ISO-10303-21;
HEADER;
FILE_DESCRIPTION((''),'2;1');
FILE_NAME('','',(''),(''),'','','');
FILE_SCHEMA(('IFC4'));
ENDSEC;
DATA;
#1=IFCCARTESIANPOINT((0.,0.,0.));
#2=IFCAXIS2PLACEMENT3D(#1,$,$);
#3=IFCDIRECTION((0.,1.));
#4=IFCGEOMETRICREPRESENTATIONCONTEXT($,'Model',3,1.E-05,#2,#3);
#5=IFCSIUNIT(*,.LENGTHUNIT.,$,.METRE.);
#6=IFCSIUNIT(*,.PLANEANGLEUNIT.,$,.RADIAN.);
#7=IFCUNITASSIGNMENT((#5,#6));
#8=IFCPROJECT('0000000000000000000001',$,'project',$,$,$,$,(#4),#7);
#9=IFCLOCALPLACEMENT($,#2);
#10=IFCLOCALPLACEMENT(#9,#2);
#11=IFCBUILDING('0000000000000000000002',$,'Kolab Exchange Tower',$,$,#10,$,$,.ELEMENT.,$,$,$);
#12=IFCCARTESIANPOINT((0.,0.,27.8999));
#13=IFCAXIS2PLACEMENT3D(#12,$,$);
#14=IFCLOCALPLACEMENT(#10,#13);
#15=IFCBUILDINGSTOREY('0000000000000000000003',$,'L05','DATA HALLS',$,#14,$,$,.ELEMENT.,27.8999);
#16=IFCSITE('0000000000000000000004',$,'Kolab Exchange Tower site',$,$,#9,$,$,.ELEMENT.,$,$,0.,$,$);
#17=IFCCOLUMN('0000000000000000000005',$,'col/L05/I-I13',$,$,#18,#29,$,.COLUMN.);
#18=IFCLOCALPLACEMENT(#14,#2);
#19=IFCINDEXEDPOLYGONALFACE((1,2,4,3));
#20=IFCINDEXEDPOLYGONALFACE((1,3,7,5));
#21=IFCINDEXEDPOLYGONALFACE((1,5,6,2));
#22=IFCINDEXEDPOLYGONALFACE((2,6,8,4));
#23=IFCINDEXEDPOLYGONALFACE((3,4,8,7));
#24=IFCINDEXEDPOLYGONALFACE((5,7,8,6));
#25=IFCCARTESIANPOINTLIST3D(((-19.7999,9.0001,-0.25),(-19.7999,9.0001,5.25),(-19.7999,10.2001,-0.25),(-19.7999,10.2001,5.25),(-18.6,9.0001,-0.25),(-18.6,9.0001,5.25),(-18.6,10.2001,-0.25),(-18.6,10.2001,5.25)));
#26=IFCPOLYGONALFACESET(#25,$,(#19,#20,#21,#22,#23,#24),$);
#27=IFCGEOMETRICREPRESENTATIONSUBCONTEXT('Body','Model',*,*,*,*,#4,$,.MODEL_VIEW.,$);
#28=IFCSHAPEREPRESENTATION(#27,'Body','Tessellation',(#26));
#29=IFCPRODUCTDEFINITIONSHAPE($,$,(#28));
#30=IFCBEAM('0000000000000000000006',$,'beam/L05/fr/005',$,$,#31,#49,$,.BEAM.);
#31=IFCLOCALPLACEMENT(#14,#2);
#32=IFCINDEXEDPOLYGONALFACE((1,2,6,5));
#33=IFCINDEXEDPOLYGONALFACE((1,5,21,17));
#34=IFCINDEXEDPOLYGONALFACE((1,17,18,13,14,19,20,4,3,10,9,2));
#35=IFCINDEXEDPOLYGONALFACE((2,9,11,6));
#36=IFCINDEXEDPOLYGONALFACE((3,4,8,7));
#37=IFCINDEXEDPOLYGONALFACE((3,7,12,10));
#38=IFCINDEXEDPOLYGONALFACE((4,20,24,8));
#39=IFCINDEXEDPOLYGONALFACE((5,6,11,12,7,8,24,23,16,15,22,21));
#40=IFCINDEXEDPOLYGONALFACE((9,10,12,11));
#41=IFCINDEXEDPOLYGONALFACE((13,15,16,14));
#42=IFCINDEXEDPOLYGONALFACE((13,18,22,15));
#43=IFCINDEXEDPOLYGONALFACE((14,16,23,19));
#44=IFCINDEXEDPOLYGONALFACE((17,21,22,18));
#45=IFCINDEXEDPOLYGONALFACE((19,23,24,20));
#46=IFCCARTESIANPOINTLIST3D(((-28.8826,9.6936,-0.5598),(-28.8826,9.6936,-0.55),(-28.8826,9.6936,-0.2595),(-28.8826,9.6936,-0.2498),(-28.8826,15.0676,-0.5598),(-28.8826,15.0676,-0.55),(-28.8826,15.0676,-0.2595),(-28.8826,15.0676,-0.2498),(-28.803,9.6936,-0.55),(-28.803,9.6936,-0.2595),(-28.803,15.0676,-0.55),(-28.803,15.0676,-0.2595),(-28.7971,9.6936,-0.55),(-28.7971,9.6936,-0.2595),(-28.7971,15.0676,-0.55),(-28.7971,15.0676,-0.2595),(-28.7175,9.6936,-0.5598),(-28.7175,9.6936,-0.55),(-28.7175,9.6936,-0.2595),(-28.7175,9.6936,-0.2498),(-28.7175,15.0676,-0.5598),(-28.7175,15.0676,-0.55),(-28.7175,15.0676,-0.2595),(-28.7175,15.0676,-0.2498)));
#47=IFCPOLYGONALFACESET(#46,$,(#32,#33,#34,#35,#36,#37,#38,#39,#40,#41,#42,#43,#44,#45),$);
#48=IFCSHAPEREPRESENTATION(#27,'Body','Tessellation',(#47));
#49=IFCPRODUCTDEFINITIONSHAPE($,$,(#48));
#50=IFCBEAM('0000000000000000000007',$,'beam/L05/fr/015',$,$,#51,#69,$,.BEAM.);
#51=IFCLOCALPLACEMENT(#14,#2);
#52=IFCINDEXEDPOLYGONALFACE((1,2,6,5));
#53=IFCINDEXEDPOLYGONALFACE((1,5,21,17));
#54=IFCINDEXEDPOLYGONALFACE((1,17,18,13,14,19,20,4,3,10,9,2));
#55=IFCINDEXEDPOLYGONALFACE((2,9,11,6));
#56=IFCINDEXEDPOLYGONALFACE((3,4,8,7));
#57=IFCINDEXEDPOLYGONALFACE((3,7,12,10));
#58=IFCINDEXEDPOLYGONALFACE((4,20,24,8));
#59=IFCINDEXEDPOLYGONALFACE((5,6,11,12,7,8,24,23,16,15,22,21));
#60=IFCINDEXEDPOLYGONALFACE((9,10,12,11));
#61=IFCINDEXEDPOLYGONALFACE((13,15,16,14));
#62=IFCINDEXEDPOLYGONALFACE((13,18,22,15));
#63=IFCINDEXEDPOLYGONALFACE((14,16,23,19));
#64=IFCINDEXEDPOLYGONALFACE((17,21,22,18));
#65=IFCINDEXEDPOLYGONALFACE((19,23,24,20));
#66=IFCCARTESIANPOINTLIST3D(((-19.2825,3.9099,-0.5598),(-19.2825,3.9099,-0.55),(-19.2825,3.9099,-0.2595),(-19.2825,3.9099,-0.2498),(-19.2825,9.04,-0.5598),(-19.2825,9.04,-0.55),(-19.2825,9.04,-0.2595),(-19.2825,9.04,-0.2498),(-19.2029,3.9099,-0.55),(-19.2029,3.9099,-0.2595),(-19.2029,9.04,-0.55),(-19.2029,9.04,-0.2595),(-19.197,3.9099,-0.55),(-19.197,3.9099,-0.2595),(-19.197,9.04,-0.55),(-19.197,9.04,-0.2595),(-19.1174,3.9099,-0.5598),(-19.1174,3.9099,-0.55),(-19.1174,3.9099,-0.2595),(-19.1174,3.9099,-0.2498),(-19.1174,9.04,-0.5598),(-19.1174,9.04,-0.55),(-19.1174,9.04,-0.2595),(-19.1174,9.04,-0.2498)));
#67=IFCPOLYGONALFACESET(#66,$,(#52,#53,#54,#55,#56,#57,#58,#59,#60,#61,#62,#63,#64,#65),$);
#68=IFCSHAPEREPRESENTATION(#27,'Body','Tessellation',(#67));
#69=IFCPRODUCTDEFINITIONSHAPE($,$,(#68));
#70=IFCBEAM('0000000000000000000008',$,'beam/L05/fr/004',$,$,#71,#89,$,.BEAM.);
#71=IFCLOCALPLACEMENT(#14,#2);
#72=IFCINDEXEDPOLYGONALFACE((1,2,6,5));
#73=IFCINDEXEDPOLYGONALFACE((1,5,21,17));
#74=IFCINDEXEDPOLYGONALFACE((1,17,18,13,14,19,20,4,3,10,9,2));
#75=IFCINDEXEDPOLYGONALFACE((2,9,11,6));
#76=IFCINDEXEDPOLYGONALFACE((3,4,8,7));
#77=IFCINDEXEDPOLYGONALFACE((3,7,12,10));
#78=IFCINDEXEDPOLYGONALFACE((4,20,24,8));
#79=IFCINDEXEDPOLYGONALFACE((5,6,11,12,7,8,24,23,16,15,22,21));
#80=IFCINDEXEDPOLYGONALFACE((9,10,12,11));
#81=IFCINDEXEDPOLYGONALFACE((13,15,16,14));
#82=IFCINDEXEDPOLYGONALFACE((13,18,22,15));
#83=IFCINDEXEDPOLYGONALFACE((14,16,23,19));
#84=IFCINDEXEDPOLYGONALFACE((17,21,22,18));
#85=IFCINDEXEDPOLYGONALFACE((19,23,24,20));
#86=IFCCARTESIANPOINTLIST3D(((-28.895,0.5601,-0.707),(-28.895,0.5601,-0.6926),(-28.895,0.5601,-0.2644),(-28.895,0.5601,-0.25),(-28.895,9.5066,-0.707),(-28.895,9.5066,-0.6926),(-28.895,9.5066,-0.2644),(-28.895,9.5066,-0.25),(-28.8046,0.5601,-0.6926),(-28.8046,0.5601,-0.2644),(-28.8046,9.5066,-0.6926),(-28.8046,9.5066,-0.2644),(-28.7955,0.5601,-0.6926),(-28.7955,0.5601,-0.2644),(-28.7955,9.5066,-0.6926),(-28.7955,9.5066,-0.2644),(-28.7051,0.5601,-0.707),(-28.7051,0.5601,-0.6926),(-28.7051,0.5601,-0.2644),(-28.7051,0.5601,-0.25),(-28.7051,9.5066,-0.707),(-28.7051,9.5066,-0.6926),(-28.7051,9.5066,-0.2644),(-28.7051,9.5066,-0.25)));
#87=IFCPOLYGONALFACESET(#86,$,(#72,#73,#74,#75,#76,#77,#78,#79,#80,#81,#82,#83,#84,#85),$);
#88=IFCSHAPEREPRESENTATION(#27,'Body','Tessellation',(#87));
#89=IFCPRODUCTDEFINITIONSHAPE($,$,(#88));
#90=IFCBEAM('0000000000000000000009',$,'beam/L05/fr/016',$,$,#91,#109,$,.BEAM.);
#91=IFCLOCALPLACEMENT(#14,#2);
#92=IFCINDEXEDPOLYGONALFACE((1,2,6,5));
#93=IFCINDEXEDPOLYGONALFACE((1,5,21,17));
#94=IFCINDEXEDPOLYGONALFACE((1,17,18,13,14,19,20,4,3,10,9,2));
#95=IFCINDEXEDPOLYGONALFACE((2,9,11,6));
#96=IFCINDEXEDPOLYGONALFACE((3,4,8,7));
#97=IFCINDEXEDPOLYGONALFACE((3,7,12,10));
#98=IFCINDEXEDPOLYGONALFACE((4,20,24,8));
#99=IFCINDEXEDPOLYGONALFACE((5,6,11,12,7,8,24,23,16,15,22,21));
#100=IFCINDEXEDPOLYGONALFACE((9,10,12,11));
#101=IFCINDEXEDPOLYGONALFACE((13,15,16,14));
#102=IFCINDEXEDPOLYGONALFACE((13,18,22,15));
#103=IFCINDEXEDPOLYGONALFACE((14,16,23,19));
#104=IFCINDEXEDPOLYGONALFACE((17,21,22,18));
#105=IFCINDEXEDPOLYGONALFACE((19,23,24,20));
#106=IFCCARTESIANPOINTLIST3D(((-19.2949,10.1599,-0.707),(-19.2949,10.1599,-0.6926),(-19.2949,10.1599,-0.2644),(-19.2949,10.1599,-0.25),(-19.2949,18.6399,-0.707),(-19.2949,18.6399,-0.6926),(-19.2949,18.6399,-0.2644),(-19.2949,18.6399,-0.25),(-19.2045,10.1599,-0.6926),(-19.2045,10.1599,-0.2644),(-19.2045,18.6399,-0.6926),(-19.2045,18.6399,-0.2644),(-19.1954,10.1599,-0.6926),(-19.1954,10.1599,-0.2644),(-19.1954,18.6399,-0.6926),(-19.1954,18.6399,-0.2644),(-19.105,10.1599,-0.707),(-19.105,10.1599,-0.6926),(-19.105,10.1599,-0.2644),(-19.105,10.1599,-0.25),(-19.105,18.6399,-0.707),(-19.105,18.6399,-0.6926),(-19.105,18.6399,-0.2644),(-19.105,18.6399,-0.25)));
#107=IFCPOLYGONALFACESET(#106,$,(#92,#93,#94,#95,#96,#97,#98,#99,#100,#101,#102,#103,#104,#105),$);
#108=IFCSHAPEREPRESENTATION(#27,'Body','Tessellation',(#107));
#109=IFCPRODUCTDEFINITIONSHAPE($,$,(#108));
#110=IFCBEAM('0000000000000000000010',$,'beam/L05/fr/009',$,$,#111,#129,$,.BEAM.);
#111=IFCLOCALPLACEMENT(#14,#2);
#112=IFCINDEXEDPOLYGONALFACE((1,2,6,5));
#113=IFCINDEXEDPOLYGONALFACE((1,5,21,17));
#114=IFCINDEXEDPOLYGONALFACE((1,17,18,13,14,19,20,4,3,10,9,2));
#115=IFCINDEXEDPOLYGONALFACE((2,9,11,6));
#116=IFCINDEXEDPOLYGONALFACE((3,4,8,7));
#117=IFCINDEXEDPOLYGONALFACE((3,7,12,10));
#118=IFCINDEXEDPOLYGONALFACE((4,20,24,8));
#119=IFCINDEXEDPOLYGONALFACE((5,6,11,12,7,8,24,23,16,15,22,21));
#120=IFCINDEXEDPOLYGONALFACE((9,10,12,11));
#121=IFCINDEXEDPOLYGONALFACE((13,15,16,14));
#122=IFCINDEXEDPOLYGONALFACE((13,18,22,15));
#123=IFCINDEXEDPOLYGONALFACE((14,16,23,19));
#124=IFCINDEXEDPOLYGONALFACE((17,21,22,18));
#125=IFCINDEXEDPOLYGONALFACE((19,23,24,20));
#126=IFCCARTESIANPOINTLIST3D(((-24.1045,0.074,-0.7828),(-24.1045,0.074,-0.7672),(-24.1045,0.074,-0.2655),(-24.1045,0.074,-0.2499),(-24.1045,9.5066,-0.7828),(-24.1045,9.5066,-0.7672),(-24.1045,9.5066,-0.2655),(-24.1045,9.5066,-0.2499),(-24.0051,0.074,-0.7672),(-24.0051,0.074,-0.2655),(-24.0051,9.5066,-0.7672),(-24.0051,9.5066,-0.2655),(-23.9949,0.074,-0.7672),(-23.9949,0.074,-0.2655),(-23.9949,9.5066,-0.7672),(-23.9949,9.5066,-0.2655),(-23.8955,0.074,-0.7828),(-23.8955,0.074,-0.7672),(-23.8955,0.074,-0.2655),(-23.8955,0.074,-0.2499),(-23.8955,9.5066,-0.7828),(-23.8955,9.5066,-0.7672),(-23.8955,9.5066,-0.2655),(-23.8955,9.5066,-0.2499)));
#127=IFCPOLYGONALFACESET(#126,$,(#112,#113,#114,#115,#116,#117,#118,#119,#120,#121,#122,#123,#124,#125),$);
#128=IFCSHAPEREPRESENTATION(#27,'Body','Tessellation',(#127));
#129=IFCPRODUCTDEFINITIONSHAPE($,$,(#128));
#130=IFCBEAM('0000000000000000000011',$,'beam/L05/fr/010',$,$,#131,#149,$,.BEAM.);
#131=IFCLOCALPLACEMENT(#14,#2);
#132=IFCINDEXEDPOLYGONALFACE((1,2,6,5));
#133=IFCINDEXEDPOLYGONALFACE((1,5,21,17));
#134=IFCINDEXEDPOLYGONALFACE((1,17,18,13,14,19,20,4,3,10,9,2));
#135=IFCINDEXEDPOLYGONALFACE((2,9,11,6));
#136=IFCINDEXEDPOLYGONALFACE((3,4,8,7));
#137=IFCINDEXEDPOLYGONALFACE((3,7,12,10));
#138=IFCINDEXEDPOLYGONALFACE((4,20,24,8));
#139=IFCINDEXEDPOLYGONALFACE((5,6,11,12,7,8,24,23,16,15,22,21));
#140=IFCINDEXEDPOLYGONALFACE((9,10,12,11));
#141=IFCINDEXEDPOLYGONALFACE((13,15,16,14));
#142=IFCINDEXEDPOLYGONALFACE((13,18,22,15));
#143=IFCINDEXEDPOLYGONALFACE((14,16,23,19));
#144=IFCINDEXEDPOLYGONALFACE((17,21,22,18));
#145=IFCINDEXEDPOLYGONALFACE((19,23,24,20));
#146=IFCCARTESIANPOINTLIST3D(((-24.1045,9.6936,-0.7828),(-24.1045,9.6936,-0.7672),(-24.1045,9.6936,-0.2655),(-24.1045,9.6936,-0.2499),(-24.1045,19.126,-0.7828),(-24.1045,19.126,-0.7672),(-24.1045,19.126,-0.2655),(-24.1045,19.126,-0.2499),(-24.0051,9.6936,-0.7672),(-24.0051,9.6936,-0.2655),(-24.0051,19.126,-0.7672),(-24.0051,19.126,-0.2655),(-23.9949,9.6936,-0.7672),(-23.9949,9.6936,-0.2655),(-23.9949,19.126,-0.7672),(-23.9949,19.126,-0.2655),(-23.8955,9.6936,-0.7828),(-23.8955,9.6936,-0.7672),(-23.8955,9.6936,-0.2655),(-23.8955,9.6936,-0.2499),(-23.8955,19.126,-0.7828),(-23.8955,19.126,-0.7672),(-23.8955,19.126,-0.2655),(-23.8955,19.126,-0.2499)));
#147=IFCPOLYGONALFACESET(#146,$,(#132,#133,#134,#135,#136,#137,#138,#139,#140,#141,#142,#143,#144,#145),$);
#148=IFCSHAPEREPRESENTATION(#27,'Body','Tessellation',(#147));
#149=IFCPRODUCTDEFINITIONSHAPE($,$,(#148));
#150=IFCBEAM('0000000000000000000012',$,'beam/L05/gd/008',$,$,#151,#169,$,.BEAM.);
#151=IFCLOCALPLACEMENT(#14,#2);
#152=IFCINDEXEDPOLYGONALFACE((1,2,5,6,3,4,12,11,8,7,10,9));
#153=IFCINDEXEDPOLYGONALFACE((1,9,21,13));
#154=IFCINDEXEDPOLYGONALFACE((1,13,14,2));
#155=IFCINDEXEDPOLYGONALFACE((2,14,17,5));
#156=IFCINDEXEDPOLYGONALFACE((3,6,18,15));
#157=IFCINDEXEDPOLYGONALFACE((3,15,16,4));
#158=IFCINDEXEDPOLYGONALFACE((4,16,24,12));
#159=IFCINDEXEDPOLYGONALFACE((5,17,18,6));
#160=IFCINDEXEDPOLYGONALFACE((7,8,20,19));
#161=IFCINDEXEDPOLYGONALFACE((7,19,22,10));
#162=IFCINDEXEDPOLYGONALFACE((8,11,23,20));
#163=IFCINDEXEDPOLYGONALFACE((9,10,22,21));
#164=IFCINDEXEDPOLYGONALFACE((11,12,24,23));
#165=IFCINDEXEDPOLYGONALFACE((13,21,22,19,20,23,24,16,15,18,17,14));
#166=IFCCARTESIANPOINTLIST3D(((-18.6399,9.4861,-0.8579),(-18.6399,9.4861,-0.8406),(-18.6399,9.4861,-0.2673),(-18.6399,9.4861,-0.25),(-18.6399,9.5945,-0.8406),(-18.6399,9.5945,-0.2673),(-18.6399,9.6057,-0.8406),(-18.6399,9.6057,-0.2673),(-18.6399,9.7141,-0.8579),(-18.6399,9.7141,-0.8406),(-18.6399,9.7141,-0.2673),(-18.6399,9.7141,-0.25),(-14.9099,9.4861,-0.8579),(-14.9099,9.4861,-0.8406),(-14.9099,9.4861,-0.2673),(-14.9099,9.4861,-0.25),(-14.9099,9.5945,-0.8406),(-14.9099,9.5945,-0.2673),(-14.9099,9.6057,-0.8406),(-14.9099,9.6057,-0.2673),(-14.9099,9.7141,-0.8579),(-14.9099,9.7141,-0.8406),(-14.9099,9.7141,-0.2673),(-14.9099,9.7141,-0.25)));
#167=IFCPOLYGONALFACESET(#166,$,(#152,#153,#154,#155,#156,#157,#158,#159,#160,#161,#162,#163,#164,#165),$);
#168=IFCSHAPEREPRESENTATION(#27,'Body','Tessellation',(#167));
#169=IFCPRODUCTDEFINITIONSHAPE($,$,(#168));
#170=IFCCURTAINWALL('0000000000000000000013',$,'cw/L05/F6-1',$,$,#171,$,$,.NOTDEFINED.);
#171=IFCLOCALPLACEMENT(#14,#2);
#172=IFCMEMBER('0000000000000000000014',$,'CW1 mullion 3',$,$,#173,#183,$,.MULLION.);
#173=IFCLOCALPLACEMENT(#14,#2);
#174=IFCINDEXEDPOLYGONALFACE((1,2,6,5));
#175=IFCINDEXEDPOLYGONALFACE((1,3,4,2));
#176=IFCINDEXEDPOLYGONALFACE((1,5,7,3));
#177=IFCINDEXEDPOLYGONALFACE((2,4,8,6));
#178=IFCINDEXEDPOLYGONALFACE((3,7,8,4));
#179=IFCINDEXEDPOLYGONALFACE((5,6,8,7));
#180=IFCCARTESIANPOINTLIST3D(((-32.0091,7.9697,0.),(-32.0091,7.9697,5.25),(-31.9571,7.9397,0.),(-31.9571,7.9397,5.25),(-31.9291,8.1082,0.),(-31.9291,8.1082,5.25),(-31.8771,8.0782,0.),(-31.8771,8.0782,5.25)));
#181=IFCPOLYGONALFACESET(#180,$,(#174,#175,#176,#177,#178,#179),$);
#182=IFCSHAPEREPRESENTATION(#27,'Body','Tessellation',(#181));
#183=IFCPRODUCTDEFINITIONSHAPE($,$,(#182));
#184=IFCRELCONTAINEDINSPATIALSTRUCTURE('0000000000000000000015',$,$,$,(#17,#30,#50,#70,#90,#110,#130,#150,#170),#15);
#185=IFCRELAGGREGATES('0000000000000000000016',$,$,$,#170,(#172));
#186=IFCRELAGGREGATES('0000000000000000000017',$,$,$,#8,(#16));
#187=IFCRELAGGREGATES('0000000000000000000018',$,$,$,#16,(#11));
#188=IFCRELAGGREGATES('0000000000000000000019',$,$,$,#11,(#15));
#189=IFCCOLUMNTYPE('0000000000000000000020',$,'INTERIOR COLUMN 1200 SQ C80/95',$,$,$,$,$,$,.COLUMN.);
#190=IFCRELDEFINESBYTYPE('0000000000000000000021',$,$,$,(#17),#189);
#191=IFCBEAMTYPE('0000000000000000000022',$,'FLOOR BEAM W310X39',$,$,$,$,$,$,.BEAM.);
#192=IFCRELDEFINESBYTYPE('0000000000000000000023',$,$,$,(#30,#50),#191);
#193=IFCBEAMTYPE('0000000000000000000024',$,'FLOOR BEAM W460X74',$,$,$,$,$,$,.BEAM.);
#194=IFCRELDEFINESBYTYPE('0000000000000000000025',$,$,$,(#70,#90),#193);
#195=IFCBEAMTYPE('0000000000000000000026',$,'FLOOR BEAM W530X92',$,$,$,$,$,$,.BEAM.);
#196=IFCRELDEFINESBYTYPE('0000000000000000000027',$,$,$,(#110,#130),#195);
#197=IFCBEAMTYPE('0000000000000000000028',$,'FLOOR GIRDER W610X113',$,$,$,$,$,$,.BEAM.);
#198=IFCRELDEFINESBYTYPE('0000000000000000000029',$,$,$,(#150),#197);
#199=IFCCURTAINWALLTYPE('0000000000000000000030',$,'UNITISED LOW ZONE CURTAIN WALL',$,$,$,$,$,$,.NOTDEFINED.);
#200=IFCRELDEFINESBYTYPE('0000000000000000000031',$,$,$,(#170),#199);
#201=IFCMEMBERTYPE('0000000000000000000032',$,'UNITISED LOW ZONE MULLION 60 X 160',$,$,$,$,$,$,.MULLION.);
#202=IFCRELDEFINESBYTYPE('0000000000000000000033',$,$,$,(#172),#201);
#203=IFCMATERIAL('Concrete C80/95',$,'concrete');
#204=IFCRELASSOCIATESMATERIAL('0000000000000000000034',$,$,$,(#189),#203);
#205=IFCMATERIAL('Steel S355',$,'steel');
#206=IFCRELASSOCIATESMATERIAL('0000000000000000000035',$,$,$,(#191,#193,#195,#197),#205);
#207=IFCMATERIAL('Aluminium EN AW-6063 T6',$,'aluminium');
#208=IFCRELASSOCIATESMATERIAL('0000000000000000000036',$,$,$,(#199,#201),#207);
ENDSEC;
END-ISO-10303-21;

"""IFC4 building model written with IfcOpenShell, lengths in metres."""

from ifc_helpers import new_model, si_unit, direction, frame, origin, origin_2d, place, context, subcontext, project, spatial, rectangle, i_section, extrude, material, material_profile, profile_set, type_object, element, aggregate, save


model = new_model("IFC4")

# Units and contexts
model_context = context("Model", 3, precision=1e-05, world=origin(), true_north=direction((0.0, 1.0)))
body_context = subcontext(model_context, "Body", "Model", "MODEL_VIEW")
ifc_project = project(units=[si_unit("LENGTHUNIT", "METRE"), si_unit("PLANEANGLEUNIT", "RADIAN")], contexts=[model_context])

# Site, building, storey
site_placement = place(None, origin())
site = spatial("IfcSite", under=ifc_project, at=site_placement, Name="Kolab Exchange Tower site", CompositionType="ELEMENT", RefElevation=0.0)
building_placement = place(site_placement, origin())
building = spatial("IfcBuilding", under=site, at=building_placement, Name="Kolab Exchange Tower", CompositionType="ELEMENT")
storey_placement = place(building_placement, frame((0.0, 0.0, 27.8999)))
storey = spatial("IfcBuildingStorey", under=building, at=storey_placement, Name="L05", Description="DATA HALLS", CompositionType="ELEMENT", Elevation=27.8999)

# Column
ifc_material_1 = material(Name="Concrete C80/95", Category="concrete")
ifc_material_profile_1 = material_profile(ifc_material_1, rectangle(XDim=1.2, YDim=1.2, at=origin_2d()), Name="RC1200")
ifc_profile_set_1 = profile_set([ifc_material_profile_1], Name="Concrete C80/95")
column_type = type_object("IfcColumnType", Name="INTERIOR COLUMN 1200 SQ C80/95", PredefinedType="COLUMN", material=ifc_profile_set_1)
column_placement = place(storey_placement, frame((-19.2, 9.6001, -0.25), z_axis=(0.0, 0.0, 1.0), x_axis=(1.0, 0.0, 0.0)))
element("IfcColumn", 1, at=column_placement, inside=storey, type_object=column_type, Name="col/L05/I-I13", PredefinedType="COLUMN", context=body_context, shape_type="SweptSolid", body=[
    extrude(rectangle(XDim=1.2, YDim=1.2, at=origin_2d()), origin(), (0.0, 0.0, 1.0), 5.5),
])

# Beams
ifc_material_2 = material(Name="Steel S355", Category="steel")
ifc_material_profile_2 = material_profile(ifc_material_2, i_section(OverallWidth=0.165, OverallDepth=0.3101, WebThickness=0.0059, FlangeThickness=0.0098, at=origin_2d()), Name="W310X39")
ifc_profile_set_2 = profile_set([ifc_material_profile_2], Name="Steel S355")
beam_type_1 = type_object("IfcBeamType", Name="FLOOR BEAM W310X39", PredefinedType="BEAM", material=ifc_profile_set_2)
beam_1_placement = place(storey_placement, frame((-28.8, 9.6936, -0.4048), z_axis=(0.0, 1.0, 0.0), x_axis=(-1.0, 0.0, 0.0)))
element("IfcBeam", 2, at=beam_1_placement, inside=storey, type_object=beam_type_1, Name="beam/L05/fr/005", PredefinedType="BEAM", context=body_context, shape_type="SweptSolid", body=[
    extrude(i_section(OverallWidth=0.165, OverallDepth=0.3101, WebThickness=0.0059, FlangeThickness=0.0098, at=origin_2d()), origin(), (0.0, 0.0, 1.0), 5.374),
])
beam_2_placement = place(storey_placement, frame((-19.2, 3.9099, -0.4048), z_axis=(0.0, 1.0, 0.0), x_axis=(-1.0, 0.0, 0.0)))
element("IfcBeam", 3, at=beam_2_placement, inside=storey, type_object=beam_type_1, Name="beam/L05/fr/015", PredefinedType="BEAM", context=body_context, shape_type="SweptSolid", body=[
    extrude(i_section(OverallWidth=0.165, OverallDepth=0.3101, WebThickness=0.0059, FlangeThickness=0.0098, at=origin_2d()), origin(), (0.0, 0.0, 1.0), 5.1301),
])
ifc_material_profile_3 = material_profile(ifc_material_2, i_section(OverallWidth=0.1899, OverallDepth=0.457, WebThickness=0.009, FlangeThickness=0.0144, at=origin_2d()), Name="W460X74")
ifc_profile_set_3 = profile_set([ifc_material_profile_3], Name="Steel S355")
beam_type_2 = type_object("IfcBeamType", Name="FLOOR BEAM W460X74", PredefinedType="BEAM", material=ifc_profile_set_3)
beam_3_placement = place(storey_placement, frame((-28.8, 0.5601, -0.4785), z_axis=(0.0, 1.0, 0.0), x_axis=(-1.0, 0.0, 0.0)))
element("IfcBeam", 4, at=beam_3_placement, inside=storey, type_object=beam_type_2, Name="beam/L05/fr/004", PredefinedType="BEAM", context=body_context, shape_type="SweptSolid", body=[
    extrude(i_section(OverallWidth=0.1899, OverallDepth=0.457, WebThickness=0.009, FlangeThickness=0.0144, at=origin_2d()), origin(), (0.0, 0.0, 1.0), 8.9465),
])
beam_4_placement = place(storey_placement, frame((-19.2, 10.1599, -0.4785), z_axis=(0.0, 1.0, 0.0), x_axis=(-1.0, 0.0, 0.0)))
element("IfcBeam", 5, at=beam_4_placement, inside=storey, type_object=beam_type_2, Name="beam/L05/fr/016", PredefinedType="BEAM", context=body_context, shape_type="SweptSolid", body=[
    extrude(i_section(OverallWidth=0.1899, OverallDepth=0.457, WebThickness=0.009, FlangeThickness=0.0144, at=origin_2d()), origin(), (0.0, 0.0, 1.0), 8.48),
])
ifc_material_profile_4 = material_profile(ifc_material_2, i_section(OverallWidth=0.209, OverallDepth=0.533, WebThickness=0.0103, FlangeThickness=0.0156, at=origin_2d()), Name="W530X92")
ifc_profile_set_4 = profile_set([ifc_material_profile_4], Name="Steel S355")
beam_type_3 = type_object("IfcBeamType", Name="FLOOR BEAM W530X92", PredefinedType="BEAM", material=ifc_profile_set_4)
beam_5_placement = place(storey_placement, frame((-24.0, 0.074, -0.5164), z_axis=(0.0, 1.0, 0.0), x_axis=(-1.0, 0.0, 0.0)))
element("IfcBeam", 6, at=beam_5_placement, inside=storey, type_object=beam_type_3, Name="beam/L05/fr/009", PredefinedType="BEAM", context=body_context, shape_type="SweptSolid", body=[
    extrude(i_section(OverallWidth=0.209, OverallDepth=0.533, WebThickness=0.0103, FlangeThickness=0.0156, at=origin_2d()), origin(), (0.0, 0.0, 1.0), 9.4326),
])
beam_6_placement = place(storey_placement, frame((-24.0, 9.6936, -0.5164), z_axis=(0.0, 1.0, 0.0), x_axis=(-1.0, 0.0, 0.0)))
element("IfcBeam", 7, at=beam_6_placement, inside=storey, type_object=beam_type_3, Name="beam/L05/fr/010", PredefinedType="BEAM", context=body_context, shape_type="SweptSolid", body=[
    extrude(i_section(OverallWidth=0.209, OverallDepth=0.533, WebThickness=0.0103, FlangeThickness=0.0156, at=origin_2d()), origin(), (0.0, 0.0, 1.0), 9.4324),
])
ifc_material_profile_5 = material_profile(ifc_material_2, i_section(OverallWidth=0.228, OverallDepth=0.6079, WebThickness=0.0112, FlangeThickness=0.0173, at=origin_2d()), Name="W610X113")
ifc_profile_set_5 = profile_set([ifc_material_profile_5], Name="Steel S355")
beam_type_4 = type_object("IfcBeamType", Name="FLOOR GIRDER W610X113", PredefinedType="BEAM", material=ifc_profile_set_5)
beam_7_placement = place(storey_placement, frame((-18.6399, 9.6001, -0.554), z_axis=(1.0, 0.0, 0.0), x_axis=(0.0, 1.0, 0.0)))
element("IfcBeam", 8, at=beam_7_placement, inside=storey, type_object=beam_type_4, Name="beam/L05/gd/008", PredefinedType="BEAM", context=body_context, shape_type="SweptSolid", body=[
    extrude(i_section(OverallWidth=0.228, OverallDepth=0.6079, WebThickness=0.0112, FlangeThickness=0.0173, at=origin_2d()), origin(), (0.0, 0.0, 1.0), 3.73),
])

# Curtain wall, member
ifc_material_3 = material(Name="Aluminium EN AW-6063 T6", Category="aluminium")
curtain_wall_type = type_object("IfcCurtainWallType", Name="UNITISED LOW ZONE CURTAIN WALL", PredefinedType="NOTDEFINED", material=ifc_material_3)
curtain_wall_placement = place(storey_placement, origin())
curtain_wall = element("IfcCurtainWall", 9, at=curtain_wall_placement, inside=storey, type_object=curtain_wall_type, Name="cw/L05/F6-1", PredefinedType="NOTDEFINED")
ifc_material_profile_6 = material_profile(ifc_material_3, rectangle(XDim=0.0601, YDim=0.1599, at=origin_2d()), Name="RECT 60X160")
ifc_profile_set_6 = profile_set([ifc_material_profile_6], Name="Aluminium EN AW-6063 T6")
member_type_1 = type_object("IfcMemberType", Name="UNITISED LOW ZONE MULLION 60 X 160", PredefinedType="MULLION", material=ifc_profile_set_6)
member_1_placement = place(storey_placement, frame((-31.9431, 8.0239, 0.0), z_axis=(0.0, 0.0, 1.0), x_axis=(-0.866025, 0.5, 0.0)))
member_1 = element("IfcMember", 10, at=member_1_placement, type_object=member_type_1, Name="CW1 mullion 3", PredefinedType="MULLION", context=body_context, shape_type="SweptSolid", body=[
    extrude(rectangle(XDim=0.0601, YDim=0.1599, at=origin_2d()), origin(), (0.0, 0.0, 1.0), 5.25),
])
aggregate(curtain_wall, [member_1])

save(model, "model.ifc")
